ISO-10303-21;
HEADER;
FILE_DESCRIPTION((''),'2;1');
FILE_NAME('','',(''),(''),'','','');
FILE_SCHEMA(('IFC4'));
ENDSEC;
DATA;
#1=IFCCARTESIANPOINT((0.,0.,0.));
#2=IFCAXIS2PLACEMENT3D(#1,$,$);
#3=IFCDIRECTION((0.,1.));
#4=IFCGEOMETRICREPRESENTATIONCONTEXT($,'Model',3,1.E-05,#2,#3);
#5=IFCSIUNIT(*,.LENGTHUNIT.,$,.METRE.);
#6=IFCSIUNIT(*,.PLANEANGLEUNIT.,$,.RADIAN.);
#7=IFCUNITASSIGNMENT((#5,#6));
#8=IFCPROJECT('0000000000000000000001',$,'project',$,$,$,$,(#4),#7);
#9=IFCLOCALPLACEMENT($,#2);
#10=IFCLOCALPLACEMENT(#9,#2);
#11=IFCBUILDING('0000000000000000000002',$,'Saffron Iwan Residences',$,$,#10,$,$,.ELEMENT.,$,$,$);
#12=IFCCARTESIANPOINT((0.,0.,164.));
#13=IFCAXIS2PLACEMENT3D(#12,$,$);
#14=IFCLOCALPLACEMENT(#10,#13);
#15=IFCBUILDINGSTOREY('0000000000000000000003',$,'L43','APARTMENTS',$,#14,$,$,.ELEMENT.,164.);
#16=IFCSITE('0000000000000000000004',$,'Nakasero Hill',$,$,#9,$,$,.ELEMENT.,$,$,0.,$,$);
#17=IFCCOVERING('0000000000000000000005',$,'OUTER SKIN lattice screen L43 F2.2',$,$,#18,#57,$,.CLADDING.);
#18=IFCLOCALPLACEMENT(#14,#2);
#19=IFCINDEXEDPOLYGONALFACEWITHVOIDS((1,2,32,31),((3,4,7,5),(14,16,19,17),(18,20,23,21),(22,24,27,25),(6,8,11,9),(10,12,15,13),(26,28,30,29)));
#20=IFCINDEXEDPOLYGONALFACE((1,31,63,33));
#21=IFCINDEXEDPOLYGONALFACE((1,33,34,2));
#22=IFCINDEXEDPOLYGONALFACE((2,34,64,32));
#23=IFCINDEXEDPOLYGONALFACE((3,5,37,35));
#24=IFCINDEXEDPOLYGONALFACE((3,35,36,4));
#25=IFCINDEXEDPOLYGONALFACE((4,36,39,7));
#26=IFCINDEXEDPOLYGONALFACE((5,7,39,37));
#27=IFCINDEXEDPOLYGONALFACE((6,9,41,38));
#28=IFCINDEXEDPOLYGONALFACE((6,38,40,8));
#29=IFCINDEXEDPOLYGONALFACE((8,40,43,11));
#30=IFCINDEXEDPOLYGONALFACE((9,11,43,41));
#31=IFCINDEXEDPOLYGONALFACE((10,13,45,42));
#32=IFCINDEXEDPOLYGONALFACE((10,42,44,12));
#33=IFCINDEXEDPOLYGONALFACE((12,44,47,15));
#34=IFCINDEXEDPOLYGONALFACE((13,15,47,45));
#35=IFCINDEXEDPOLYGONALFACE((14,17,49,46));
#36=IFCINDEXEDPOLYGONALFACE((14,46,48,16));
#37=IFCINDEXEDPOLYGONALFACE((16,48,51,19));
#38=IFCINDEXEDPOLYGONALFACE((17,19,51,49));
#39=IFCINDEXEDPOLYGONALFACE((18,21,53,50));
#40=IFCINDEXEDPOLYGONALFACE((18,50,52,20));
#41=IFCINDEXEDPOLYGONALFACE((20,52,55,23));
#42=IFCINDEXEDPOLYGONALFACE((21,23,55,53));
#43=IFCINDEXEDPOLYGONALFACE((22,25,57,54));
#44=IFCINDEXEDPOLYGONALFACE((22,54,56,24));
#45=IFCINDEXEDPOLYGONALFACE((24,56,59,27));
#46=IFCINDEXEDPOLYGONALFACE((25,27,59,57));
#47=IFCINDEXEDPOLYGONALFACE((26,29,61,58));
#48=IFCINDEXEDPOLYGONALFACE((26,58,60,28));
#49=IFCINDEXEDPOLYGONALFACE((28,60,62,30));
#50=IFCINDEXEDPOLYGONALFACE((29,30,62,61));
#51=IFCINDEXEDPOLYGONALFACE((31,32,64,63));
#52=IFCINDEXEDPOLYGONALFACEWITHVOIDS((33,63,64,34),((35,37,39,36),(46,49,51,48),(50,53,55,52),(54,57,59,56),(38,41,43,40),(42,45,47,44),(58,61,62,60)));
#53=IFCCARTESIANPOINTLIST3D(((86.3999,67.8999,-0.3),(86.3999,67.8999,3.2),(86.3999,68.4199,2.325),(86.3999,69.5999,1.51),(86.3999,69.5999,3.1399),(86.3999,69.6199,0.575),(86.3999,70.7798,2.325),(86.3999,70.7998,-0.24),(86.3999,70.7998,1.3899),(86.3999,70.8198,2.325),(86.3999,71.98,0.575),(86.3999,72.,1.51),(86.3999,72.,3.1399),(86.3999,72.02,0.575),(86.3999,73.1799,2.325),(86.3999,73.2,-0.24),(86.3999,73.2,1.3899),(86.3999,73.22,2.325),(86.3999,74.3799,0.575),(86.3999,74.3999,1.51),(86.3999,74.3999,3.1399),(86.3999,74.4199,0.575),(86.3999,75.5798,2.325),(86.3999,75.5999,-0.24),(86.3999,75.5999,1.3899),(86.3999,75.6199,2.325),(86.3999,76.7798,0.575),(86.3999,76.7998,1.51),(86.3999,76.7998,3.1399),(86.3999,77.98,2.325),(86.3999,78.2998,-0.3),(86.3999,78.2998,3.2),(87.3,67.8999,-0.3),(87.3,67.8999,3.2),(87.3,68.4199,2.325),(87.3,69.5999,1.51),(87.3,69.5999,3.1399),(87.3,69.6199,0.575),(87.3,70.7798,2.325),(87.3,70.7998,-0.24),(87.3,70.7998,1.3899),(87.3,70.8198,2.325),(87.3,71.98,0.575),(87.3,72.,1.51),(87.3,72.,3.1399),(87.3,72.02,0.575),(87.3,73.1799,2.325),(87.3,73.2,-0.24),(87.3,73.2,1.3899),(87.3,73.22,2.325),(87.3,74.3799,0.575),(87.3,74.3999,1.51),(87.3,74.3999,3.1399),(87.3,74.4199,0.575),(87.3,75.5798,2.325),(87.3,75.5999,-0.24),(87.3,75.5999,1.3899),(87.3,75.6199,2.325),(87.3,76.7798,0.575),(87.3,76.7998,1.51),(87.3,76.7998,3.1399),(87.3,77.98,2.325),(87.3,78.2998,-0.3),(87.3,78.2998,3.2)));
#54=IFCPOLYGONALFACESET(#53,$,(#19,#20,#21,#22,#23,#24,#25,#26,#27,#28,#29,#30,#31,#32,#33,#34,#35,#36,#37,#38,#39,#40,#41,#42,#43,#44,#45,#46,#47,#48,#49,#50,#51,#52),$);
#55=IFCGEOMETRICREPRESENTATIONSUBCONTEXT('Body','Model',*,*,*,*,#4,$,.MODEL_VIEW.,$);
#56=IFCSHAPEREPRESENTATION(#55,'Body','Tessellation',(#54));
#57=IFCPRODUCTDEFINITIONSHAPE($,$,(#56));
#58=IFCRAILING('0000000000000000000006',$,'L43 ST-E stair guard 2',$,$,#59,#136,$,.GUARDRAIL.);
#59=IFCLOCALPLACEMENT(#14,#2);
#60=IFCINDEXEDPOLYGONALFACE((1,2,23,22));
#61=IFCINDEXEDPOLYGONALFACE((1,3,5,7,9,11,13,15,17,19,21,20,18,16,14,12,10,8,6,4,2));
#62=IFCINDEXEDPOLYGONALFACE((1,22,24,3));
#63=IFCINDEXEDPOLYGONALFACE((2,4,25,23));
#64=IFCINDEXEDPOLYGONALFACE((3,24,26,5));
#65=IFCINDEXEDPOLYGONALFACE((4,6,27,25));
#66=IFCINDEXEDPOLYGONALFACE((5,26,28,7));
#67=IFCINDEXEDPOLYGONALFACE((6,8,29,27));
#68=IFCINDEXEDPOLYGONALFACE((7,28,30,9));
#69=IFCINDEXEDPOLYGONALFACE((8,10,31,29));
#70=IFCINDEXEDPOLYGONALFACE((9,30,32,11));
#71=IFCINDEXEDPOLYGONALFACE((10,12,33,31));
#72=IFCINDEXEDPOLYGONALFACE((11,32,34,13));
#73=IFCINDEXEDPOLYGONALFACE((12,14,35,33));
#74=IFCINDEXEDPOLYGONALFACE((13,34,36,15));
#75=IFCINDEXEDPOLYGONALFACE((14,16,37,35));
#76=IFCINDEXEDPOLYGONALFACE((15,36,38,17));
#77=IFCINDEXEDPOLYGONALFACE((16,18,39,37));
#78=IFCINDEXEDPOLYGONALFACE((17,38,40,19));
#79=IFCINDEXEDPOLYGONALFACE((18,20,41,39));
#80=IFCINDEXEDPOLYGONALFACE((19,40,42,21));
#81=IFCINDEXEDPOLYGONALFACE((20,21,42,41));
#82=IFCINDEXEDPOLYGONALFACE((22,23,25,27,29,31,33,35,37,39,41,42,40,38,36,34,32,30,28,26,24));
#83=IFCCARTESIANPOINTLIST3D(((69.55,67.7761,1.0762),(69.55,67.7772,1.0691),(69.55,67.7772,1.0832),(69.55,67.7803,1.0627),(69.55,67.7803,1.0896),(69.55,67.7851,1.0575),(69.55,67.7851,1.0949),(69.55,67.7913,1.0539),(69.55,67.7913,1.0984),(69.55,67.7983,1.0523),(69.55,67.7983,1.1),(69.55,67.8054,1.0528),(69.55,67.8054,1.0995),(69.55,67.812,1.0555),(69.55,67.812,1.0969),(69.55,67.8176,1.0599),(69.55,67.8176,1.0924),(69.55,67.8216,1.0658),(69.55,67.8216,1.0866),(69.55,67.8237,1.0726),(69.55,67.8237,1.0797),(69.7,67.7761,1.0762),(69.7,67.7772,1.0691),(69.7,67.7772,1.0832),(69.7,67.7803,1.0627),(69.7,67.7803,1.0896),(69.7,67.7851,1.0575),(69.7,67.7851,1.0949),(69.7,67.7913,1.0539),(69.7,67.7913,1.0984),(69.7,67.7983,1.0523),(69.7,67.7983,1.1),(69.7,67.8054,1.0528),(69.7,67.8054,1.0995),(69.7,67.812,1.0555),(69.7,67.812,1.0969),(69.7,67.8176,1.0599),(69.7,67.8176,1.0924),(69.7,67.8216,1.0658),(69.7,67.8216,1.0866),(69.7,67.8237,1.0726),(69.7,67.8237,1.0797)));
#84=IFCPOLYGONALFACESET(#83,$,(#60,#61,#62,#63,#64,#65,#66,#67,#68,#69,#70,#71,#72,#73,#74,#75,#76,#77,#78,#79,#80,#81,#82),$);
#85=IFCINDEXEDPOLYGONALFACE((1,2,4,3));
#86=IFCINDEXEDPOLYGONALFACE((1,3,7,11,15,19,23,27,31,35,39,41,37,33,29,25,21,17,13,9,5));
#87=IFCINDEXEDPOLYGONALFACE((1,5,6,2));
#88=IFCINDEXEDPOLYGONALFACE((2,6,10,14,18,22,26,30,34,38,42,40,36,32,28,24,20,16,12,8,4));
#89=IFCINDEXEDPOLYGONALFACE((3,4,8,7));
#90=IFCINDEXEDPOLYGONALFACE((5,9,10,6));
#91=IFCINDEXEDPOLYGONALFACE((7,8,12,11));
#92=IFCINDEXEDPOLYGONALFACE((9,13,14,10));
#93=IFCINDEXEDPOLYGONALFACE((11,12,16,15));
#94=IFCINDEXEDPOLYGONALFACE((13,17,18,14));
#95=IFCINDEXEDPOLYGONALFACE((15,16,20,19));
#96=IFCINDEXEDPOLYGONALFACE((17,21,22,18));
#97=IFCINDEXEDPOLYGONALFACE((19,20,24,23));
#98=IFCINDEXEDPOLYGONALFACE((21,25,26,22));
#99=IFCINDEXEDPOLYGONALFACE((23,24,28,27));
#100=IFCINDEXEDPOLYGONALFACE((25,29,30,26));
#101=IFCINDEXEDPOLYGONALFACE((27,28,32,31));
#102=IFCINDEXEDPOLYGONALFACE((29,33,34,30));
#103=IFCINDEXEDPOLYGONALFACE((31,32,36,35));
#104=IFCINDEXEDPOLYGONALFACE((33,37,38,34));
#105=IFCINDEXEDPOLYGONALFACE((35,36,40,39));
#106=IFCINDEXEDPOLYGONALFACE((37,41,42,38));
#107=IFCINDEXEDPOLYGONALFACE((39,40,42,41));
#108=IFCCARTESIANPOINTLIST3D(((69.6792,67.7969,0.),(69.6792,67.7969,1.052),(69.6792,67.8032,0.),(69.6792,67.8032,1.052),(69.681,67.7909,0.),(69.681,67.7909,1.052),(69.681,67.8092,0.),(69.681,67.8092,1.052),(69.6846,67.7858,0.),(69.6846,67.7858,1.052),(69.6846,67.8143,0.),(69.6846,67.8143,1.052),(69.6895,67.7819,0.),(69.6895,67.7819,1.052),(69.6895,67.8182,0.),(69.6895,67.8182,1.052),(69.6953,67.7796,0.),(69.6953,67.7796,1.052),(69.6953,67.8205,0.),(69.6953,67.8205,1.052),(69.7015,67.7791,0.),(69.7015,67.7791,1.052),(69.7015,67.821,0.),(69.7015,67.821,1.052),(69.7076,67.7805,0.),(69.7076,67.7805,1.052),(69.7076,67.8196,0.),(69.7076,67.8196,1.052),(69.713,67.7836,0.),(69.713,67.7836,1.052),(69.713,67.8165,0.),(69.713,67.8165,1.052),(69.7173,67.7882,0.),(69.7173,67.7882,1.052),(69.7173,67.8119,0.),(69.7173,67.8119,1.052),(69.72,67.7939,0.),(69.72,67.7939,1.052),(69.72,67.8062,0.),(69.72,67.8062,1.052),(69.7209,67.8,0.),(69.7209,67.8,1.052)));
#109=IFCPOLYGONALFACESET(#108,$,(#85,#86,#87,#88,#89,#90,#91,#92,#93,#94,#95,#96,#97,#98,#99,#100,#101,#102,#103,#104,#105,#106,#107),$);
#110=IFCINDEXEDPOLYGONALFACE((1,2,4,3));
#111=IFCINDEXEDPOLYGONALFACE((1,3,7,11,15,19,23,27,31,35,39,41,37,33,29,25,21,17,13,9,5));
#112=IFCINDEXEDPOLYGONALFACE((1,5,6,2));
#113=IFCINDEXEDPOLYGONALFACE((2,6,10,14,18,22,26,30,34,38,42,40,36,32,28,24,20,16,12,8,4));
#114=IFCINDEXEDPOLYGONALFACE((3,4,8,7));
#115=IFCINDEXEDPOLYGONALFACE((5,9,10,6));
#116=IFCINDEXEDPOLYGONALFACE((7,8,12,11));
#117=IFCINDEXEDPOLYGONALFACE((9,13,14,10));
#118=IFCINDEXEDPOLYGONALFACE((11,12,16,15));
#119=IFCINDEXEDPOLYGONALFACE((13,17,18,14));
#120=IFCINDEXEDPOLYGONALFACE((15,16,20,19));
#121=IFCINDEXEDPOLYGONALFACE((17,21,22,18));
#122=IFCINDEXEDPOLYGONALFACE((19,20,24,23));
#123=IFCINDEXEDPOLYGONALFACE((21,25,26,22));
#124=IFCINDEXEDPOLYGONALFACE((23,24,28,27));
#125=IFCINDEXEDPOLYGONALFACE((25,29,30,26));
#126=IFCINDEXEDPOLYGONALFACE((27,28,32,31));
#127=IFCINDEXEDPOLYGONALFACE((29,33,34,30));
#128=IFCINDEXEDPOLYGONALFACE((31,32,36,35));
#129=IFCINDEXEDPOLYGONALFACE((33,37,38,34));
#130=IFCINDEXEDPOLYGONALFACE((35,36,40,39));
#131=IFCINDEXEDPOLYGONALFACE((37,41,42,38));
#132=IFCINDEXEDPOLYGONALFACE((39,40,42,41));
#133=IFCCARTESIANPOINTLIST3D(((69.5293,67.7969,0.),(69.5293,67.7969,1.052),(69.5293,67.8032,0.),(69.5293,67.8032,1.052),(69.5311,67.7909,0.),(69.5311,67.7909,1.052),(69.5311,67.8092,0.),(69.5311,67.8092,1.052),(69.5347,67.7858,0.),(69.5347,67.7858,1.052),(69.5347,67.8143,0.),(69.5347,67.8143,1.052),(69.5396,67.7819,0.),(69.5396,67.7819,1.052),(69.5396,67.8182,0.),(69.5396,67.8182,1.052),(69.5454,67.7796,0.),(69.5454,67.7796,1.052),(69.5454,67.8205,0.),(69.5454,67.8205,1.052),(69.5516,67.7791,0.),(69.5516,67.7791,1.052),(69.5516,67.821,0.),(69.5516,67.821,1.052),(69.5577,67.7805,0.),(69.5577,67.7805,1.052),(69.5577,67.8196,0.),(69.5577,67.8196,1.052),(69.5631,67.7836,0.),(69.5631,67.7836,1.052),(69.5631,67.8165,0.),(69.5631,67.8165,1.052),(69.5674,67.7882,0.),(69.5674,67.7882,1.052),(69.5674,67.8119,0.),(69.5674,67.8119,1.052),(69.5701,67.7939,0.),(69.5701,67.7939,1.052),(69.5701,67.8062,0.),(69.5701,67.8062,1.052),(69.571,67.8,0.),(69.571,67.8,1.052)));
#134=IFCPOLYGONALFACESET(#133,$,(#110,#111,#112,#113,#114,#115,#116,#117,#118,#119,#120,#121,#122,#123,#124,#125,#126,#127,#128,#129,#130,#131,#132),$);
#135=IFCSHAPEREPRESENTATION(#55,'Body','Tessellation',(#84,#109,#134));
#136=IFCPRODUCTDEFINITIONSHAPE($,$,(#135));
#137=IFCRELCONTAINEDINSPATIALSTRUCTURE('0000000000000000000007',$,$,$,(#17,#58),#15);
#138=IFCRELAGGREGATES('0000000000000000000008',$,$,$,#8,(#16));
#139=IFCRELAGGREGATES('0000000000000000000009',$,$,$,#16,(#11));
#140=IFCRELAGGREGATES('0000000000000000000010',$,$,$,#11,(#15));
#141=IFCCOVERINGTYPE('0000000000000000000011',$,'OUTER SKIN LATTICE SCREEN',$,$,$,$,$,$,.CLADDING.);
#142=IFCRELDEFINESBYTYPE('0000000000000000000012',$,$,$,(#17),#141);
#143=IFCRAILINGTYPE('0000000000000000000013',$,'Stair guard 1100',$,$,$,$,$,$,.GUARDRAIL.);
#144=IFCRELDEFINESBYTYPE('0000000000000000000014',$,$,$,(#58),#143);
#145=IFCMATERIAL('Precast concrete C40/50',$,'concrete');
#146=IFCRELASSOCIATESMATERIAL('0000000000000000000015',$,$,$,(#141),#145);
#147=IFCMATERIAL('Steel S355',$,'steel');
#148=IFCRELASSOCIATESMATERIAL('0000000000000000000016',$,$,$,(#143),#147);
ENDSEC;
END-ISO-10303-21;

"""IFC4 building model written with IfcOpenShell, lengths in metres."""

from ifc_helpers import new_model, si_unit, direction, frame, origin, origin_2d, place, context, subcontext, project, spatial, polyline, circle, outline, extrude, material, type_object, element, save


model = new_model("IFC4")

# Units and contexts
model_context = context("Model", 3, precision=1e-05, world=origin(), true_north=direction((0.0, 1.0)))
body_context = subcontext(model_context, "Body", "Model", "MODEL_VIEW")
ifc_project = project(units=[si_unit("LENGTHUNIT", "METRE"), si_unit("PLANEANGLEUNIT", "RADIAN")], contexts=[model_context])

# Site, building, storey
site_placement = place(None, origin())
site = spatial("IfcSite", under=ifc_project, at=site_placement, Name="Nakasero Hill", CompositionType="ELEMENT", RefElevation=0.0)
building_placement = place(site_placement, origin())
building = spatial("IfcBuilding", under=site, at=building_placement, Name="Saffron Iwan Residences", CompositionType="ELEMENT")
storey_placement = place(building_placement, frame((0.0, 0.0, 164.0)))
storey = spatial("IfcBuildingStorey", under=building, at=storey_placement, Name="L43", Description="APARTMENTS", CompositionType="ELEMENT", Elevation=164.0)

# Covering
ifc_material_1 = material(Name="Precast concrete C40/50", Category="concrete")
covering_type = type_object("IfcCoveringType", Name="OUTER SKIN LATTICE SCREEN", PredefinedType="CLADDING", material=ifc_material_1)
covering_placement = place(storey_placement, frame((86.3999, 67.8999, -0.3), z_axis=(1.0, 0.0, 0.0), x_axis=(0.0, 1.0, 0.0)))
element("IfcCovering", 1, at=covering_placement, inside=storey, type_object=covering_type, Name="OUTER SKIN lattice screen L43 F2.2", PredefinedType="CLADDING", context=body_context, shape_type="SweptSolid", body=[
    extrude(outline(polyline([(0.0, 0.0), (10.3999, 0.0), (10.3999, 3.5), (0.0, 3.5), (0.0, 0.0)]), holes=[polyline([(1.72, 0.875), (2.8999, 0.0601), (4.0801, 0.875), (2.8999, 1.6899), (1.72, 0.875)]), polyline([(4.1201, 0.875), (5.3, 0.0601), (6.48, 0.875), (5.3, 1.6899), (4.1201, 0.875)]), polyline([(6.52, 0.875), (7.7, 0.0601), (8.8799, 0.875), (7.7, 1.6899), (6.52, 0.875)]), polyline([(0.52, 2.625), (1.7, 1.8101), (2.8799, 2.625), (1.7, 3.4399), (0.52, 2.625)]), polyline([(2.9199, 2.625), (4.1001, 1.8101), (5.28, 2.625), (4.1001, 3.4399), (2.9199, 2.625)]), polyline([(5.3201, 2.625), (6.5, 1.8101), (7.6799, 2.625), (6.5, 3.4399), (5.3201, 2.625)]), polyline([(7.72, 2.625), (8.8999, 1.8101), (10.0801, 2.625), (8.8999, 3.4399), (7.72, 2.625)])]), origin(), (0.0, 0.0, 1.0), 0.9001),
])

# Railing
ifc_material_2 = material(Name="Steel S355", Category="steel")
railing_type_1 = type_object("IfcRailingType", Name="Stair guard 1100", PredefinedType="GUARDRAIL", material=ifc_material_2)
railing_1_placement = place(storey_placement, frame((69.7, 67.8, 0.0)))
element("IfcRailing", 2, at=railing_1_placement, inside=storey, type_object=railing_type_1, Name="L43 ST-E stair guard 2", PredefinedType="GUARDRAIL", context=body_context, shape_type="SweptSolid", body=[
    extrude(circle(Radius=0.0239, at=origin_2d()), frame((0.0, 0.0, 1.0762), z_axis=(-1.0, 0.0, 0.0), x_axis=(0.0, -1.0, 0.0)), (0.0, 0.0, 1.0), 0.1499),
    extrude(circle(Radius=0.021, at=origin_2d()), origin(), (0.0, 0.0, 1.0), 1.052),
    extrude(circle(Radius=0.021, at=origin_2d()), frame((-0.1499, 0.0, 0.0)), (0.0, 0.0, 1.0), 1.052),
])

save(model, "model.ifc")
